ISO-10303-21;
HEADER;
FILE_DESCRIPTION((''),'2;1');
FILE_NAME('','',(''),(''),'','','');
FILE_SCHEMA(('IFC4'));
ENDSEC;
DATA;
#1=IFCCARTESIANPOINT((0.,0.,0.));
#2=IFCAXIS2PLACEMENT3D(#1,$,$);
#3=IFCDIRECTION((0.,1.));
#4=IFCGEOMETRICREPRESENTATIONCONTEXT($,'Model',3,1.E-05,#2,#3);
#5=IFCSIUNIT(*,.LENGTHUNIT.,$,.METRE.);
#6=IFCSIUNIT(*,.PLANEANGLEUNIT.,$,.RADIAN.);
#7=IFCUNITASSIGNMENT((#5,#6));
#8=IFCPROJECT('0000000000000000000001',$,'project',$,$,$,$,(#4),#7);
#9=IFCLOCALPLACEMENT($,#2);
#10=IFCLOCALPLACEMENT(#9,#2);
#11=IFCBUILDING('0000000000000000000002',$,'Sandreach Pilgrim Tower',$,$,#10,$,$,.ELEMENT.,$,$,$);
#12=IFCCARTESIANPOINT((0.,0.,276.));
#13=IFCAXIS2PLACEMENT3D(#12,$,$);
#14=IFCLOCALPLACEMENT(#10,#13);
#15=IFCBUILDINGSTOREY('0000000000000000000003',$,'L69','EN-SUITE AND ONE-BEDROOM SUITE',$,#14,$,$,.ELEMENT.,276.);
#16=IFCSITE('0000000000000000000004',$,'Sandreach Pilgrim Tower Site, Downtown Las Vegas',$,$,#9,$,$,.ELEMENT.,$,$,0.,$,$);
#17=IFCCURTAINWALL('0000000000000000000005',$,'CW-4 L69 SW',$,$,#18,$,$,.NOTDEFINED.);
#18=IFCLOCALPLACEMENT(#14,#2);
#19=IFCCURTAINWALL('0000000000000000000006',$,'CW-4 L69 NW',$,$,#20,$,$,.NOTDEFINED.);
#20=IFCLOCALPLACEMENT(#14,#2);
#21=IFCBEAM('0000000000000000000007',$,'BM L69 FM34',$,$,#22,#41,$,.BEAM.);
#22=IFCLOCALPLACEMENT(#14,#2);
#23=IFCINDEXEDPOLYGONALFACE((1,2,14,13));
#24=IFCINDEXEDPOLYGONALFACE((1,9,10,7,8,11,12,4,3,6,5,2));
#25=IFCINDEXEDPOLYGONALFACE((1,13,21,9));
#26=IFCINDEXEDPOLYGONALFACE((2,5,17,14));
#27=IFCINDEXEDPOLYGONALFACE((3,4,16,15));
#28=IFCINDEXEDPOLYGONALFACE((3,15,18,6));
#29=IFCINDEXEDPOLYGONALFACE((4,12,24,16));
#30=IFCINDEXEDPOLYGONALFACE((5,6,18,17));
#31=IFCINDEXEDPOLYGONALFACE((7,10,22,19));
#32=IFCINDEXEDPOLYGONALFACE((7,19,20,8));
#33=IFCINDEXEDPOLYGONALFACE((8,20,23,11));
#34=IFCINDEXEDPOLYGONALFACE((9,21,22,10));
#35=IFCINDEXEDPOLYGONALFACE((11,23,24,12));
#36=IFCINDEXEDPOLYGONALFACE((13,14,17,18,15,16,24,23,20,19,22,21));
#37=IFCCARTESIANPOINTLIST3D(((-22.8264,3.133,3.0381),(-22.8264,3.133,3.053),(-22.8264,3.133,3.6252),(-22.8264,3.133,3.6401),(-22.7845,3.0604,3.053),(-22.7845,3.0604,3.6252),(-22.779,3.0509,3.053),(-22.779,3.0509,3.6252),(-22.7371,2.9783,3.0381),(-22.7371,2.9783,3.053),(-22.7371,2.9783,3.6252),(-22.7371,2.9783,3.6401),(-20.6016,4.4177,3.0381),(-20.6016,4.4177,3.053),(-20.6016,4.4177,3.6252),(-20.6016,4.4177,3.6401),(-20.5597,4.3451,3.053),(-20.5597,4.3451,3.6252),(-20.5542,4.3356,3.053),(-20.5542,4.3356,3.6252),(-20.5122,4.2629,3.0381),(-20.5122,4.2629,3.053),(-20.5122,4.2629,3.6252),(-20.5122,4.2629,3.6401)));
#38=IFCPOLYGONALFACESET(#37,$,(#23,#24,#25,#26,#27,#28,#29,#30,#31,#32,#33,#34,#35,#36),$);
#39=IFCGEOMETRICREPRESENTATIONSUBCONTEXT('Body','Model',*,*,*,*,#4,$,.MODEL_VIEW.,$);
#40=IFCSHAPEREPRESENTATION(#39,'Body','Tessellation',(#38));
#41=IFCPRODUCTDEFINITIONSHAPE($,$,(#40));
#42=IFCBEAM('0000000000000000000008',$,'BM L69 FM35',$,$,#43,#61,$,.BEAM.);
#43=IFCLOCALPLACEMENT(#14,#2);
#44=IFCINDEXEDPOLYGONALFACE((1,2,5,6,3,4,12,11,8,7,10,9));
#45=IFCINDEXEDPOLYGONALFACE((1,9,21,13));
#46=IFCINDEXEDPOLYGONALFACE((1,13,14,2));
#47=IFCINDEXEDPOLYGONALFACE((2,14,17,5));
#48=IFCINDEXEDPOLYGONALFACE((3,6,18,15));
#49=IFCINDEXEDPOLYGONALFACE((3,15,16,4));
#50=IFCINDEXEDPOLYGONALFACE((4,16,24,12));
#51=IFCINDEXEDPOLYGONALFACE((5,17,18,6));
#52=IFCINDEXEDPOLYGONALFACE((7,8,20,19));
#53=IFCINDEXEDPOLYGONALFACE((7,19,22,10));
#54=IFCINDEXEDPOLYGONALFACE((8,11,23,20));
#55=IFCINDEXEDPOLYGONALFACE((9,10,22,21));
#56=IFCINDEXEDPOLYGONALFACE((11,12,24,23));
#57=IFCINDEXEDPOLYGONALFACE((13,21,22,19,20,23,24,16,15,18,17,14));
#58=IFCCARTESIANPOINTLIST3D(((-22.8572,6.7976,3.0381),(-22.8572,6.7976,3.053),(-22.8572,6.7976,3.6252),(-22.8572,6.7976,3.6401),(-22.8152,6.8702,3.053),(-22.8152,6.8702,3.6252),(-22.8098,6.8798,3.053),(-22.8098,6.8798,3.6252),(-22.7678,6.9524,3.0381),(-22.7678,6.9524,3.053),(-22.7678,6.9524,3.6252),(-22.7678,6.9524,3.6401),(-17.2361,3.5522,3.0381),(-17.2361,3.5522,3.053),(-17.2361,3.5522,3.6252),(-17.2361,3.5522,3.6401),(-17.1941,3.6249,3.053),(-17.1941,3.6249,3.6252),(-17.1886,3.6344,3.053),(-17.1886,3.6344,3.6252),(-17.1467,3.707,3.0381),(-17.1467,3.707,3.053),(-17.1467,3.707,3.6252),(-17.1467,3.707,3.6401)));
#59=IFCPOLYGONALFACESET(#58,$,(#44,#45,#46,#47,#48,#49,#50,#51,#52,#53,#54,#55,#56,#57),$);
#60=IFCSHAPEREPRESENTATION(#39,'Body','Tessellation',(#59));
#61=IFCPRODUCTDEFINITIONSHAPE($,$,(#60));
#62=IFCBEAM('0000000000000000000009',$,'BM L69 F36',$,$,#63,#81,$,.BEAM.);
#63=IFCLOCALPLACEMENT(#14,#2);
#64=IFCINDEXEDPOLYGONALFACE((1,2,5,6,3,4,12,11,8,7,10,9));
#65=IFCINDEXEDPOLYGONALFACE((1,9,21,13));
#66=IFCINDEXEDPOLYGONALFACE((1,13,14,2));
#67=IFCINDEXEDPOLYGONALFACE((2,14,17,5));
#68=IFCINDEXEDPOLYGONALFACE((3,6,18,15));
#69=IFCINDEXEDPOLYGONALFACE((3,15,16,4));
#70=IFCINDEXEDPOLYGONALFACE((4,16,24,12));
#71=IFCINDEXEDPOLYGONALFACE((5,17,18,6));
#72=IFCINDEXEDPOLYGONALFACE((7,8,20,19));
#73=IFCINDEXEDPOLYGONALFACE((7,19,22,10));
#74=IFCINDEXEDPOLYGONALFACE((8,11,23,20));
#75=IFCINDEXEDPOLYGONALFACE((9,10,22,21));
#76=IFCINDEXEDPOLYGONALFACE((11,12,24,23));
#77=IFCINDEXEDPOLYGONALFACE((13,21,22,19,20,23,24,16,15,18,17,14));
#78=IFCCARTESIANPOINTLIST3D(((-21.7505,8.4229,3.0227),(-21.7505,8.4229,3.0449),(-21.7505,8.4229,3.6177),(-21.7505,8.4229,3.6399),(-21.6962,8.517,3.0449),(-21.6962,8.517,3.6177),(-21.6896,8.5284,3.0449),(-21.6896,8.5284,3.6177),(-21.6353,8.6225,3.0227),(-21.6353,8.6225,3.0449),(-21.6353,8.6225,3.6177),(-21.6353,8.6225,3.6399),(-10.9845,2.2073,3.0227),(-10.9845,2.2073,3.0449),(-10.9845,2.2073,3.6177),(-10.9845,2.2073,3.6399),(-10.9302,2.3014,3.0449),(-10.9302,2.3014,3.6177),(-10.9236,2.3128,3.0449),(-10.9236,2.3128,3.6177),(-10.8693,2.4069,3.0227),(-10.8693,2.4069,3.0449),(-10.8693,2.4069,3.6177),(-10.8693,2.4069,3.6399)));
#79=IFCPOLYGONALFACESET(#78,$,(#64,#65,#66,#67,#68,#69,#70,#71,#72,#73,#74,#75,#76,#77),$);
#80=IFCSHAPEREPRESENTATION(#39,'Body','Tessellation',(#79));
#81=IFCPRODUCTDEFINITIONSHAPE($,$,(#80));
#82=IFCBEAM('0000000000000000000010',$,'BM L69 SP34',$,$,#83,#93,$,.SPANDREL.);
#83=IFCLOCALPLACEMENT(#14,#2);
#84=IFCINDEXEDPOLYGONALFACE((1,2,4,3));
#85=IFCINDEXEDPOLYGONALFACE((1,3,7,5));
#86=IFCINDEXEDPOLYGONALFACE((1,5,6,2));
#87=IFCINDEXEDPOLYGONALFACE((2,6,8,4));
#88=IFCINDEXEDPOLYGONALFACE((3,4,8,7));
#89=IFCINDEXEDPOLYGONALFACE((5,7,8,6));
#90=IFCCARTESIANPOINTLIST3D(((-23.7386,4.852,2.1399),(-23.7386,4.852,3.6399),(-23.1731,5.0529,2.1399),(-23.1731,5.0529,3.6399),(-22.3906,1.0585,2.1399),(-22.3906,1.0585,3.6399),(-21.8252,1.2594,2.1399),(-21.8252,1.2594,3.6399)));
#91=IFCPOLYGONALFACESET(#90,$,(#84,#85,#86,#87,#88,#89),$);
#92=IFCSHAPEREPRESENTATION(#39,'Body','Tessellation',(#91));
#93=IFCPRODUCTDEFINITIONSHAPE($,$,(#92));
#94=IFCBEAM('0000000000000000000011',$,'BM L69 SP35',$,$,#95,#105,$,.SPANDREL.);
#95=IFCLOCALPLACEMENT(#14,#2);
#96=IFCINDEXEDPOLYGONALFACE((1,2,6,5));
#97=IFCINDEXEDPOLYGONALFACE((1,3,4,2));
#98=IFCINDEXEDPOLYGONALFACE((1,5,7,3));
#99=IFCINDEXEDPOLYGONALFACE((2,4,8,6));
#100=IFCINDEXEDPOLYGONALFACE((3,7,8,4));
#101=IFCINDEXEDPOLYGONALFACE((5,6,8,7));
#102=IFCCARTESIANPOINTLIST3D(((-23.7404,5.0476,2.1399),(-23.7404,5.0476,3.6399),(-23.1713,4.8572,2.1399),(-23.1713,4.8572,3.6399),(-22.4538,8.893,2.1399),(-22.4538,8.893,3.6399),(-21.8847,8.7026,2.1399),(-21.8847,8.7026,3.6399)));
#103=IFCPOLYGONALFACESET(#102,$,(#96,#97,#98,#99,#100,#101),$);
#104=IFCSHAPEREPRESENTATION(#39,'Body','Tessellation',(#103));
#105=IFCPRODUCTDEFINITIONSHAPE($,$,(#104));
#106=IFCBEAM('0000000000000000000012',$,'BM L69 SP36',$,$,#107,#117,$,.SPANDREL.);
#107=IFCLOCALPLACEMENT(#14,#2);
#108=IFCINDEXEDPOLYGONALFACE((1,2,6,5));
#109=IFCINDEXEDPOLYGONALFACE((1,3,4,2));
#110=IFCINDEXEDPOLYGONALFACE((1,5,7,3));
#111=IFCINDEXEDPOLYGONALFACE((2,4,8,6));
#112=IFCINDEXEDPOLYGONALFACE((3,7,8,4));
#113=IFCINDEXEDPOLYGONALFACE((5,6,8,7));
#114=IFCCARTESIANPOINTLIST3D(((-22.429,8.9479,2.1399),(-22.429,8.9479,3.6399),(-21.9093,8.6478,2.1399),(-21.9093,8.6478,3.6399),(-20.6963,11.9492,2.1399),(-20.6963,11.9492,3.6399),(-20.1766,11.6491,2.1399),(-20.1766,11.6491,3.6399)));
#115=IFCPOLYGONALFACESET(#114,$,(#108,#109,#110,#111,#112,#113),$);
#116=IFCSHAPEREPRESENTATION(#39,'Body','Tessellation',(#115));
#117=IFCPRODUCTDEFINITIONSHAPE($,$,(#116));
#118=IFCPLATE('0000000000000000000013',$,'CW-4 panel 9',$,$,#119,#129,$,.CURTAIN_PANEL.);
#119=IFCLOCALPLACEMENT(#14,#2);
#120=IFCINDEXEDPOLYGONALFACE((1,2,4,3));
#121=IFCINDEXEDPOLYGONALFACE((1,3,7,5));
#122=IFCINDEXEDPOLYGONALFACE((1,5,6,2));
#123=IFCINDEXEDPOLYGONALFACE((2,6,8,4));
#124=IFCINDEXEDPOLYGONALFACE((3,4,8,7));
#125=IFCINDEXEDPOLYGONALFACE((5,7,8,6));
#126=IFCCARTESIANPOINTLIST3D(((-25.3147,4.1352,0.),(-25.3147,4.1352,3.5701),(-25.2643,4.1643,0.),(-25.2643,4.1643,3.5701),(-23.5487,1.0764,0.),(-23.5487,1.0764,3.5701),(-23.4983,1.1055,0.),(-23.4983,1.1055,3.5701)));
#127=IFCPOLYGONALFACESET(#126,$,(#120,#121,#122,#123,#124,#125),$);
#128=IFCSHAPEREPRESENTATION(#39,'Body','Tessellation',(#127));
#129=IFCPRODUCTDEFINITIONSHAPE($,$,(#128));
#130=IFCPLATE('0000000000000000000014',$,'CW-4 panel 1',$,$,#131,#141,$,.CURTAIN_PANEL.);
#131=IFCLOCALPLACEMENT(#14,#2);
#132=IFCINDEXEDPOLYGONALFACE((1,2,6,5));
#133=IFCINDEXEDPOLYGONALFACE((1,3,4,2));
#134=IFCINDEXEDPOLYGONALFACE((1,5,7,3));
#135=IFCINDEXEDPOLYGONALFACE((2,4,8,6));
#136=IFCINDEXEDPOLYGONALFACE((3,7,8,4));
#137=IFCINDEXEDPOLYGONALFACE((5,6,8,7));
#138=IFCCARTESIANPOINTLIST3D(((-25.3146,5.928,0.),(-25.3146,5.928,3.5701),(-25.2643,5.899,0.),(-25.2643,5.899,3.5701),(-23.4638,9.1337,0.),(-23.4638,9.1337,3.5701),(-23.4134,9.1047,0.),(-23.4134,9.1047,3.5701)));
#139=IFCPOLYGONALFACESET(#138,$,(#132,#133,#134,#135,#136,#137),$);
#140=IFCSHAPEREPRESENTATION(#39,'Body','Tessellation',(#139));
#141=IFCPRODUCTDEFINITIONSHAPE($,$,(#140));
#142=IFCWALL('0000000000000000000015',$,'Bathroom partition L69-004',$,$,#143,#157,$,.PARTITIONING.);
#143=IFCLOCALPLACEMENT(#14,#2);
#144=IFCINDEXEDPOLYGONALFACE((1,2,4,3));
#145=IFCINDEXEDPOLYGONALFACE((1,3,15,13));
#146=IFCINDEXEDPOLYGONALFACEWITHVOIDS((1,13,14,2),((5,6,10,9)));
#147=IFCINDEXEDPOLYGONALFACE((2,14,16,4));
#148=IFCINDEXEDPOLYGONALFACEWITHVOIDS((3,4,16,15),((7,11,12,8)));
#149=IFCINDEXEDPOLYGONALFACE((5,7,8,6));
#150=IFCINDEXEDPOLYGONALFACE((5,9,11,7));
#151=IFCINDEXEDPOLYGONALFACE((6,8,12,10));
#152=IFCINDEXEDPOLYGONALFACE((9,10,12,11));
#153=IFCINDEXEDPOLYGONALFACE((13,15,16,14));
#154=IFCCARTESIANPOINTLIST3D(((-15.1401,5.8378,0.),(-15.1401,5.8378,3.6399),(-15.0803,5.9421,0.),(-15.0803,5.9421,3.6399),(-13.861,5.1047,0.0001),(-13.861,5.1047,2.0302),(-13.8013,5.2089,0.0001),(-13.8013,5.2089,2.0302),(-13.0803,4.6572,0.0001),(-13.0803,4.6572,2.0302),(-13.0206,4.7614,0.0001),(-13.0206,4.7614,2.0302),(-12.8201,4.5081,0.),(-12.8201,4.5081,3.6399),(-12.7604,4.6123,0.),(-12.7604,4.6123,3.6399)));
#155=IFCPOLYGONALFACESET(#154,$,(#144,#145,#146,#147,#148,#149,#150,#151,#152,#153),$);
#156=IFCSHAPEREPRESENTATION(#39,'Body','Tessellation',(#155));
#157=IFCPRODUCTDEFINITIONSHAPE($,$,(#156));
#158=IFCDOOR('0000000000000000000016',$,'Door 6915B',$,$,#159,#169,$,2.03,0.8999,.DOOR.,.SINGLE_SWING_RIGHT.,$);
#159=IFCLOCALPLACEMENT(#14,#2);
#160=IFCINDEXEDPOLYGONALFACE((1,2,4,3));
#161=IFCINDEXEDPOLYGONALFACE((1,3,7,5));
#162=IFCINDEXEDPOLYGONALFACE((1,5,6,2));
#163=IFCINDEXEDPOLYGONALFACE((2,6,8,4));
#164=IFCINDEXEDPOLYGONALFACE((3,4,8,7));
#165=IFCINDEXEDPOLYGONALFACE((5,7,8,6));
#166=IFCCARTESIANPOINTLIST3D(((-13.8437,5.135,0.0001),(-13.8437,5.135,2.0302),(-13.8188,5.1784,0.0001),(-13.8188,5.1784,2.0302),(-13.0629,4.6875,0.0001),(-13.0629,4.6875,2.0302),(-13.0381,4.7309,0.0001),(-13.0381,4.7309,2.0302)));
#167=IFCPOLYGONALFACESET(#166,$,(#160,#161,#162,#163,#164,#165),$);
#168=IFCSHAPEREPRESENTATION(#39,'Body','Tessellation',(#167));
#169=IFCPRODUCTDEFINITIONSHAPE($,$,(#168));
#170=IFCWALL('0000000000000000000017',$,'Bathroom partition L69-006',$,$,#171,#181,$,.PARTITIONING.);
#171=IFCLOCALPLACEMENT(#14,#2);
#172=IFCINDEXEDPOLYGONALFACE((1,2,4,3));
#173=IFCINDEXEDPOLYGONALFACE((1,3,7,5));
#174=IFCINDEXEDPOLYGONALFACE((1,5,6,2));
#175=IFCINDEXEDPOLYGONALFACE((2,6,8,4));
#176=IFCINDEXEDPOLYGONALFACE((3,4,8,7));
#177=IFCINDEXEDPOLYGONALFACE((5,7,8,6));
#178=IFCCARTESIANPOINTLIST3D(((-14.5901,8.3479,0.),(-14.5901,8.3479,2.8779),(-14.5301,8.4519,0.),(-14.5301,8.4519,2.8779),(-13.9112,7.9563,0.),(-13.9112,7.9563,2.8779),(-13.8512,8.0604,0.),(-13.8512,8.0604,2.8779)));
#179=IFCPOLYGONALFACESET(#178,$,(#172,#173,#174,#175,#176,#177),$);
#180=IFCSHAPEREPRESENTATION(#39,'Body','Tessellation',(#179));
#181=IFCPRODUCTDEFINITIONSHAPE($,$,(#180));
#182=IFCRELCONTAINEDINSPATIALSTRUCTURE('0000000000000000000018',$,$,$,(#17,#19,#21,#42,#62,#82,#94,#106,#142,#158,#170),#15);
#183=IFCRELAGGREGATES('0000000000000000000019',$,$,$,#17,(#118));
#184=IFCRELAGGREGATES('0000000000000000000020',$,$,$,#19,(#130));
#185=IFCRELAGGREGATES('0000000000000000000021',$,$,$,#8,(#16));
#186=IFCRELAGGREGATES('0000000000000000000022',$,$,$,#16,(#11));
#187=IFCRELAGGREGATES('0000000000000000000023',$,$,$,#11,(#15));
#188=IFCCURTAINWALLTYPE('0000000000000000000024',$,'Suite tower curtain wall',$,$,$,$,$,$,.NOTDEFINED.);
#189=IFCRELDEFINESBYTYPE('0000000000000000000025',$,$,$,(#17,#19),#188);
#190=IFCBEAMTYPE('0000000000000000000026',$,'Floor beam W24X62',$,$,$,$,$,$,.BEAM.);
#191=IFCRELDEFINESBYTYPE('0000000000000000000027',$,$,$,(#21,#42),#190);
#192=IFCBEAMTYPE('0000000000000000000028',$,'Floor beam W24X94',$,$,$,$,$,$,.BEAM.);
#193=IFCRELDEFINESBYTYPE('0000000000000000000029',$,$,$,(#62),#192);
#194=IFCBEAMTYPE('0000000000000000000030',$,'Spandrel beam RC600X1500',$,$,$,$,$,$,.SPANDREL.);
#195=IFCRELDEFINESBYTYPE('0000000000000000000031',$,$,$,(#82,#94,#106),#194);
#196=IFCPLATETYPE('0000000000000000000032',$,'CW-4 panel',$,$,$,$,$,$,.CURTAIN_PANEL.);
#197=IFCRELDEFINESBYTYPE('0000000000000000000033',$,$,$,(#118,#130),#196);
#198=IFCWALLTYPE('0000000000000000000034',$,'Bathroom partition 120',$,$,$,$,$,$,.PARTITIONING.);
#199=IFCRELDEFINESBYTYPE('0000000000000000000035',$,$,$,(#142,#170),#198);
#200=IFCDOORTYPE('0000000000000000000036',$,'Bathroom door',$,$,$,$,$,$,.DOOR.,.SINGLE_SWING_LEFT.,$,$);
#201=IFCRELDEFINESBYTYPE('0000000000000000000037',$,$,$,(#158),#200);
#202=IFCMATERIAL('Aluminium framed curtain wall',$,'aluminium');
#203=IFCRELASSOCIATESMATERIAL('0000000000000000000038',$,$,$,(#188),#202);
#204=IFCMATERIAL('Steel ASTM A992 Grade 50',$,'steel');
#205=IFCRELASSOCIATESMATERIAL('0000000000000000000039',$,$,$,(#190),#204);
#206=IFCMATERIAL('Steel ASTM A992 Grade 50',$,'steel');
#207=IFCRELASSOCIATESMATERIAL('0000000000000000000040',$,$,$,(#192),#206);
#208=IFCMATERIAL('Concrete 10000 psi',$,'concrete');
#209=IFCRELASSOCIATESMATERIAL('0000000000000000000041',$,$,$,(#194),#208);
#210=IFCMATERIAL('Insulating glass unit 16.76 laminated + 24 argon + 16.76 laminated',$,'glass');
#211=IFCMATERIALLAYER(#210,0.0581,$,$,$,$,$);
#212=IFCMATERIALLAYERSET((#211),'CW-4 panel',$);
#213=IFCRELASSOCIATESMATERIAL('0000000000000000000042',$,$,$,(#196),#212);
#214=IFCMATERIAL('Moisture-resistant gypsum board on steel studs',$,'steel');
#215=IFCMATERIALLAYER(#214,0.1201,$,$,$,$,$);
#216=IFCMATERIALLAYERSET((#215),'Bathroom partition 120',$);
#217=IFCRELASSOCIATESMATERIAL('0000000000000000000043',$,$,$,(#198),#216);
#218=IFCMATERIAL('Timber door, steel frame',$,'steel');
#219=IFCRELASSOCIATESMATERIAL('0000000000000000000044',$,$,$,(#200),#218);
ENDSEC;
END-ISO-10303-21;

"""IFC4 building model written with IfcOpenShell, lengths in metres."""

from ifc_helpers import new_model, si_unit, direction, frame, frame_2d, origin, origin_2d, place, context, subcontext, project, spatial, rectangle, i_section, extrude, material, layer, layer_set, material_profile, profile_set, type_object, element, fill, aggregate, save


model = new_model("IFC4")

# Units and contexts
model_context = context("Model", 3, precision=1e-05, world=origin(), true_north=direction((0.0, 1.0)))
body_context = subcontext(model_context, "Body", "Model", "MODEL_VIEW")
ifc_project = project(units=[si_unit("LENGTHUNIT", "METRE"), si_unit("PLANEANGLEUNIT", "RADIAN")], contexts=[model_context])

# Site, building, storey
site_placement = place(None, origin())
site = spatial("IfcSite", under=ifc_project, at=site_placement, Name="Sandreach Pilgrim Tower Site, Downtown Las Vegas", CompositionType="ELEMENT", RefElevation=0.0)
building_placement = place(site_placement, origin())
building = spatial("IfcBuilding", under=site, at=building_placement, Name="Sandreach Pilgrim Tower", CompositionType="ELEMENT")
storey_placement = place(building_placement, frame((0.0, 0.0, 276.0)))
storey = spatial("IfcBuildingStorey", under=building, at=storey_placement, Name="L69", Description="EN-SUITE AND ONE-BEDROOM SUITE", CompositionType="ELEMENT", Elevation=276.0)

# Curtain walls
ifc_material_1 = material(Name="Aluminium framed curtain wall", Category="aluminium")
curtain_wall_type = type_object("IfcCurtainWallType", Name="Suite tower curtain wall", PredefinedType="NOTDEFINED", material=ifc_material_1)
curtain_wall_1_placement = place(storey_placement, origin())
curtain_wall_1 = element("IfcCurtainWall", 1, at=curtain_wall_1_placement, inside=storey, type_object=curtain_wall_type, Name="CW-4 L69 SW", PredefinedType="NOTDEFINED")
curtain_wall_2_placement = place(storey_placement, origin())
curtain_wall_2 = element("IfcCurtainWall", 2, at=curtain_wall_2_placement, inside=storey, type_object=curtain_wall_type, Name="CW-4 L69 NW", PredefinedType="NOTDEFINED")

# Beams
ifc_material_2 = material(Name="Steel ASTM A992 Grade 50", Category="steel")
ifc_material_profile_1 = material_profile(ifc_material_2, i_section(OverallWidth=0.1787, OverallDepth=0.6021, WebThickness=0.011, FlangeThickness=0.0149, at=origin_2d()), Name="W24X62")
ifc_profile_set_1 = profile_set([ifc_material_profile_1], Name="Steel ASTM A992 Grade 50")
beam_type_1 = type_object("IfcBeamType", Name="Floor beam W24X62", PredefinedType="BEAM", material=ifc_profile_set_1)
beam_1_placement = place(storey_placement, frame((-22.7817, 3.0557, 3.3391), z_axis=(0.866, 0.500043, 0.0), x_axis=(-0.500043, 0.866, 0.0)))
element("IfcBeam", 3, at=beam_1_placement, inside=storey, type_object=beam_type_1, Name="BM L69 FM34", PredefinedType="BEAM", context=body_context, shape_type="SweptSolid", body=[
    extrude(i_section(OverallWidth=0.1787, OverallDepth=0.6021, WebThickness=0.011, FlangeThickness=0.0149, at=origin_2d()), origin(), (0.0, 0.0, 1.0), 2.5691),
])
beam_2_placement = place(storey_placement, frame((-22.8125, 6.875, 3.3391), z_axis=(0.866024, -0.500002, 0.0), x_axis=(0.500002, 0.866024, 0.0)))
element("IfcBeam", 4, at=beam_2_placement, inside=storey, type_object=beam_type_1, Name="BM L69 FM35", PredefinedType="BEAM", context=body_context, shape_type="SweptSolid", body=[
    extrude(i_section(OverallWidth=0.1787, OverallDepth=0.6021, WebThickness=0.011, FlangeThickness=0.0149, at=origin_2d()), origin(), (0.0, 0.0, 1.0), 6.4907),
])
ifc_material_3 = material(Name="Steel ASTM A992 Grade 50", Category="steel")
ifc_material_profile_2 = material_profile(ifc_material_3, i_section(OverallWidth=0.2305, OverallDepth=0.6172, WebThickness=0.0132, FlangeThickness=0.0222, at=origin_2d()), Name="W24X94")
ifc_profile_set_2 = profile_set([ifc_material_profile_2], Name="Steel ASTM A992 Grade 50")
beam_type_2 = type_object("IfcBeamType", Name="Floor beam W24X94", PredefinedType="BEAM", material=ifc_profile_set_2)
beam_3_placement = place(storey_placement, frame((-21.6929, 8.5227, 3.3313), z_axis=(0.866029, -0.499994, 0.0), x_axis=(0.499994, 0.866029, 0.0)))
element("IfcBeam", 5, at=beam_3_placement, inside=storey, type_object=beam_type_2, Name="BM L69 F36", PredefinedType="BEAM", context=body_context, shape_type="SweptSolid", body=[
    extrude(i_section(OverallWidth=0.2305, OverallDepth=0.6172, WebThickness=0.0132, FlangeThickness=0.0222, at=origin_2d()), origin(), (0.0, 0.0, 1.0), 12.4314),
])
ifc_material_4 = material(Name="Concrete 10000 psi", Category="concrete")
ifc_material_profile_3 = material_profile(ifc_material_4, rectangle(XDim=0.6001, YDim=1.5, at=origin_2d()), Name="RC600X1500")
ifc_profile_set_3 = profile_set([ifc_material_profile_3], Name="Concrete 10000 psi")
beam_type_3 = type_object("IfcBeamType", Name="Spandrel beam RC600X1500", PredefinedType="SPANDREL", material=ifc_profile_set_3)
beam_4_placement = place(storey_placement, frame((-22.1079, 1.1589, 2.8899), z_axis=(-0.334815, 0.942284, 0.0), x_axis=(-0.942284, -0.334815, 0.0)))
element("IfcBeam", 6, at=beam_4_placement, inside=storey, type_object=beam_type_3, Name="BM L69 SP34", PredefinedType="SPANDREL", context=body_context, shape_type="SweptSolid", body=[
    extrude(rectangle(XDim=0.6001, YDim=1.5, at=origin_2d()), origin(), (0.0, 0.0, 1.0), 4.0259),
])
beam_5_placement = place(storey_placement, frame((-23.4558, 4.9524, 2.8899), z_axis=(0.317293, 0.948327, 0.0), x_axis=(-0.948327, 0.317293, 0.0)))
element("IfcBeam", 7, at=beam_5_placement, inside=storey, type_object=beam_type_3, Name="BM L69 SP35", PredefinedType="SPANDREL", context=body_context, shape_type="SweptSolid", body=[
    extrude(rectangle(XDim=0.6001, YDim=1.5, at=origin_2d()), origin(), (0.0, 0.0, 1.0), 4.0549),
])
beam_6_placement = place(storey_placement, frame((-22.1692, 8.7979, 2.8899), z_axis=(0.499981, 0.866037, 0.0), x_axis=(-0.866037, 0.499981, 0.0)))
element("IfcBeam", 8, at=beam_6_placement, inside=storey, type_object=beam_type_3, Name="BM L69 SP36", PredefinedType="SPANDREL", context=body_context, shape_type="SweptSolid", body=[
    extrude(rectangle(XDim=0.6001, YDim=1.5, at=origin_2d()), origin(), (0.0, 0.0, 1.0), 3.4656),
])

# Plates
ifc_material_5 = material(Name="Insulating glass unit 16.76 laminated + 24 argon + 16.76 laminated", Category="glass")
ifc_layer_1 = layer(ifc_material_5, 0.0581)
ifc_layer_set_1 = layer_set([ifc_layer_1], Name="CW-4 panel")
plate_type = type_object("IfcPlateType", Name="CW-4 panel", PredefinedType="CURTAIN_PANEL", material=ifc_layer_set_1)
plate_1_placement = place(storey_placement, frame((-24.4065, 2.6204, 0.0), z_axis=(0.0, 0.0, 1.0), x_axis=(-0.5, 0.866025, 0.0)))
plate_1 = element("IfcPlate", 9, at=plate_1_placement, type_object=plate_type, Name="CW-4 panel 9", PredefinedType="CURTAIN_PANEL", context=body_context, shape_type="SweptSolid", body=[
    extrude(rectangle(XDim=3.532, YDim=0.0581, at=origin_2d()), origin(), (0.0, 0.0, 1.0), 3.5701),
])
aggregate(curtain_wall_1, [plate_1])
plate_2_placement = place(storey_placement, frame((-24.364, 7.5164, 0.0), z_axis=(0.0, 0.0, 1.0), x_axis=(0.5, 0.866025, 0.0)))
plate_2 = element("IfcPlate", 10, at=plate_2_placement, type_object=plate_type, Name="CW-4 panel 1", PredefinedType="CURTAIN_PANEL", context=body_context, shape_type="SweptSolid", body=[
    extrude(rectangle(XDim=3.7017, YDim=0.0581, at=origin_2d()), origin(), (0.0, 0.0, 1.0), 3.5701),
])
aggregate(curtain_wall_2, [plate_2])

# Wall, opening, door
ifc_material_6 = material(Name="Moisture-resistant gypsum board on steel studs", Category="steel")
ifc_layer_2 = layer(ifc_material_6, 0.1201)
ifc_layer_set_2 = layer_set([ifc_layer_2], Name="Bathroom partition 120")
wall_type_1 = type_object("IfcWallType", Name="Bathroom partition 120", PredefinedType="PARTITIONING", material=ifc_layer_set_2)
wall_1_placement = place(storey_placement, frame((-15.1101, 5.8899, 0.0), z_axis=(0.0, 0.0, 1.0), x_axis=(0.867585, -0.497289, 0.0)))
wall_1 = element("IfcWall", 11, at=wall_1_placement, inside=storey, type_object=wall_type_1, Name="Bathroom partition L69-004", PredefinedType="PARTITIONING", context=body_context, shape_type="SweptSolid", body=[
    extrude(rectangle(XDim=2.6741, YDim=0.1201, at=frame_2d((1.3369, 0.0))), origin(), (0.0, 0.0, 1.0), 3.6399),
])
opening_1_placement = place(wall_1_placement, frame((1.4741, 0.0, 0.0)))
opening_1 = element("IfcOpeningElement", 12, at=opening_1_placement, cuts=wall_1, PredefinedType="OPENING", context=body_context, shape_type="SweptSolid", body=[
    extrude(rectangle(XDim=0.8999, YDim=2.03, at=frame_2d((0.45, 1.0151))), frame((0.0, 0.0601, 0.0), z_axis=(0.0, -1.0, 0.0), x_axis=(1.0, 0.0, 0.0)), (0.0, 0.0, 1.0), 0.1201),
])
ifc_material_7 = material(Name="Timber door, steel frame", Category="steel")
door_type_1 = type_object("IfcDoorType", Name="Bathroom door", OperationType="SINGLE_SWING_LEFT", PredefinedType="DOOR", material=ifc_material_7)
door_1_placement = place(opening_1_placement, origin())
door_1 = element("IfcDoor", 13, at=door_1_placement, inside=storey, type_object=door_type_1, Name="Door 6915B", OperationType="SINGLE_SWING_RIGHT", OverallHeight=2.03, OverallWidth=0.8999, PredefinedType="DOOR", context=body_context, shape_type="SweptSolid", body=[
    extrude(rectangle(XDim=0.8999, YDim=2.03, at=frame_2d((0.45, 1.0151))), frame((0.0, 0.0249, 0.0), z_axis=(0.0, -1.0, 0.0), x_axis=(1.0, 0.0, 0.0)), (0.0, 0.0, 1.0), 0.05),
])
fill(opening_1, door_1)

# Wall
wall_2_placement = place(storey_placement, frame((-14.5601, 8.3999, 0.0), z_axis=(0.0, 0.0, 1.0), x_axis=(0.866243, -0.499624, 0.0)))
element("IfcWall", 14, at=wall_2_placement, inside=storey, type_object=wall_type_1, Name="Bathroom partition L69-006", PredefinedType="PARTITIONING", context=body_context, shape_type="SweptSolid", body=[
    extrude(rectangle(XDim=0.7837, YDim=0.1201, at=frame_2d((0.3918, 0.0))), origin(), (0.0, 0.0, 1.0), 2.8779),
])

save(model, "model.ifc")
